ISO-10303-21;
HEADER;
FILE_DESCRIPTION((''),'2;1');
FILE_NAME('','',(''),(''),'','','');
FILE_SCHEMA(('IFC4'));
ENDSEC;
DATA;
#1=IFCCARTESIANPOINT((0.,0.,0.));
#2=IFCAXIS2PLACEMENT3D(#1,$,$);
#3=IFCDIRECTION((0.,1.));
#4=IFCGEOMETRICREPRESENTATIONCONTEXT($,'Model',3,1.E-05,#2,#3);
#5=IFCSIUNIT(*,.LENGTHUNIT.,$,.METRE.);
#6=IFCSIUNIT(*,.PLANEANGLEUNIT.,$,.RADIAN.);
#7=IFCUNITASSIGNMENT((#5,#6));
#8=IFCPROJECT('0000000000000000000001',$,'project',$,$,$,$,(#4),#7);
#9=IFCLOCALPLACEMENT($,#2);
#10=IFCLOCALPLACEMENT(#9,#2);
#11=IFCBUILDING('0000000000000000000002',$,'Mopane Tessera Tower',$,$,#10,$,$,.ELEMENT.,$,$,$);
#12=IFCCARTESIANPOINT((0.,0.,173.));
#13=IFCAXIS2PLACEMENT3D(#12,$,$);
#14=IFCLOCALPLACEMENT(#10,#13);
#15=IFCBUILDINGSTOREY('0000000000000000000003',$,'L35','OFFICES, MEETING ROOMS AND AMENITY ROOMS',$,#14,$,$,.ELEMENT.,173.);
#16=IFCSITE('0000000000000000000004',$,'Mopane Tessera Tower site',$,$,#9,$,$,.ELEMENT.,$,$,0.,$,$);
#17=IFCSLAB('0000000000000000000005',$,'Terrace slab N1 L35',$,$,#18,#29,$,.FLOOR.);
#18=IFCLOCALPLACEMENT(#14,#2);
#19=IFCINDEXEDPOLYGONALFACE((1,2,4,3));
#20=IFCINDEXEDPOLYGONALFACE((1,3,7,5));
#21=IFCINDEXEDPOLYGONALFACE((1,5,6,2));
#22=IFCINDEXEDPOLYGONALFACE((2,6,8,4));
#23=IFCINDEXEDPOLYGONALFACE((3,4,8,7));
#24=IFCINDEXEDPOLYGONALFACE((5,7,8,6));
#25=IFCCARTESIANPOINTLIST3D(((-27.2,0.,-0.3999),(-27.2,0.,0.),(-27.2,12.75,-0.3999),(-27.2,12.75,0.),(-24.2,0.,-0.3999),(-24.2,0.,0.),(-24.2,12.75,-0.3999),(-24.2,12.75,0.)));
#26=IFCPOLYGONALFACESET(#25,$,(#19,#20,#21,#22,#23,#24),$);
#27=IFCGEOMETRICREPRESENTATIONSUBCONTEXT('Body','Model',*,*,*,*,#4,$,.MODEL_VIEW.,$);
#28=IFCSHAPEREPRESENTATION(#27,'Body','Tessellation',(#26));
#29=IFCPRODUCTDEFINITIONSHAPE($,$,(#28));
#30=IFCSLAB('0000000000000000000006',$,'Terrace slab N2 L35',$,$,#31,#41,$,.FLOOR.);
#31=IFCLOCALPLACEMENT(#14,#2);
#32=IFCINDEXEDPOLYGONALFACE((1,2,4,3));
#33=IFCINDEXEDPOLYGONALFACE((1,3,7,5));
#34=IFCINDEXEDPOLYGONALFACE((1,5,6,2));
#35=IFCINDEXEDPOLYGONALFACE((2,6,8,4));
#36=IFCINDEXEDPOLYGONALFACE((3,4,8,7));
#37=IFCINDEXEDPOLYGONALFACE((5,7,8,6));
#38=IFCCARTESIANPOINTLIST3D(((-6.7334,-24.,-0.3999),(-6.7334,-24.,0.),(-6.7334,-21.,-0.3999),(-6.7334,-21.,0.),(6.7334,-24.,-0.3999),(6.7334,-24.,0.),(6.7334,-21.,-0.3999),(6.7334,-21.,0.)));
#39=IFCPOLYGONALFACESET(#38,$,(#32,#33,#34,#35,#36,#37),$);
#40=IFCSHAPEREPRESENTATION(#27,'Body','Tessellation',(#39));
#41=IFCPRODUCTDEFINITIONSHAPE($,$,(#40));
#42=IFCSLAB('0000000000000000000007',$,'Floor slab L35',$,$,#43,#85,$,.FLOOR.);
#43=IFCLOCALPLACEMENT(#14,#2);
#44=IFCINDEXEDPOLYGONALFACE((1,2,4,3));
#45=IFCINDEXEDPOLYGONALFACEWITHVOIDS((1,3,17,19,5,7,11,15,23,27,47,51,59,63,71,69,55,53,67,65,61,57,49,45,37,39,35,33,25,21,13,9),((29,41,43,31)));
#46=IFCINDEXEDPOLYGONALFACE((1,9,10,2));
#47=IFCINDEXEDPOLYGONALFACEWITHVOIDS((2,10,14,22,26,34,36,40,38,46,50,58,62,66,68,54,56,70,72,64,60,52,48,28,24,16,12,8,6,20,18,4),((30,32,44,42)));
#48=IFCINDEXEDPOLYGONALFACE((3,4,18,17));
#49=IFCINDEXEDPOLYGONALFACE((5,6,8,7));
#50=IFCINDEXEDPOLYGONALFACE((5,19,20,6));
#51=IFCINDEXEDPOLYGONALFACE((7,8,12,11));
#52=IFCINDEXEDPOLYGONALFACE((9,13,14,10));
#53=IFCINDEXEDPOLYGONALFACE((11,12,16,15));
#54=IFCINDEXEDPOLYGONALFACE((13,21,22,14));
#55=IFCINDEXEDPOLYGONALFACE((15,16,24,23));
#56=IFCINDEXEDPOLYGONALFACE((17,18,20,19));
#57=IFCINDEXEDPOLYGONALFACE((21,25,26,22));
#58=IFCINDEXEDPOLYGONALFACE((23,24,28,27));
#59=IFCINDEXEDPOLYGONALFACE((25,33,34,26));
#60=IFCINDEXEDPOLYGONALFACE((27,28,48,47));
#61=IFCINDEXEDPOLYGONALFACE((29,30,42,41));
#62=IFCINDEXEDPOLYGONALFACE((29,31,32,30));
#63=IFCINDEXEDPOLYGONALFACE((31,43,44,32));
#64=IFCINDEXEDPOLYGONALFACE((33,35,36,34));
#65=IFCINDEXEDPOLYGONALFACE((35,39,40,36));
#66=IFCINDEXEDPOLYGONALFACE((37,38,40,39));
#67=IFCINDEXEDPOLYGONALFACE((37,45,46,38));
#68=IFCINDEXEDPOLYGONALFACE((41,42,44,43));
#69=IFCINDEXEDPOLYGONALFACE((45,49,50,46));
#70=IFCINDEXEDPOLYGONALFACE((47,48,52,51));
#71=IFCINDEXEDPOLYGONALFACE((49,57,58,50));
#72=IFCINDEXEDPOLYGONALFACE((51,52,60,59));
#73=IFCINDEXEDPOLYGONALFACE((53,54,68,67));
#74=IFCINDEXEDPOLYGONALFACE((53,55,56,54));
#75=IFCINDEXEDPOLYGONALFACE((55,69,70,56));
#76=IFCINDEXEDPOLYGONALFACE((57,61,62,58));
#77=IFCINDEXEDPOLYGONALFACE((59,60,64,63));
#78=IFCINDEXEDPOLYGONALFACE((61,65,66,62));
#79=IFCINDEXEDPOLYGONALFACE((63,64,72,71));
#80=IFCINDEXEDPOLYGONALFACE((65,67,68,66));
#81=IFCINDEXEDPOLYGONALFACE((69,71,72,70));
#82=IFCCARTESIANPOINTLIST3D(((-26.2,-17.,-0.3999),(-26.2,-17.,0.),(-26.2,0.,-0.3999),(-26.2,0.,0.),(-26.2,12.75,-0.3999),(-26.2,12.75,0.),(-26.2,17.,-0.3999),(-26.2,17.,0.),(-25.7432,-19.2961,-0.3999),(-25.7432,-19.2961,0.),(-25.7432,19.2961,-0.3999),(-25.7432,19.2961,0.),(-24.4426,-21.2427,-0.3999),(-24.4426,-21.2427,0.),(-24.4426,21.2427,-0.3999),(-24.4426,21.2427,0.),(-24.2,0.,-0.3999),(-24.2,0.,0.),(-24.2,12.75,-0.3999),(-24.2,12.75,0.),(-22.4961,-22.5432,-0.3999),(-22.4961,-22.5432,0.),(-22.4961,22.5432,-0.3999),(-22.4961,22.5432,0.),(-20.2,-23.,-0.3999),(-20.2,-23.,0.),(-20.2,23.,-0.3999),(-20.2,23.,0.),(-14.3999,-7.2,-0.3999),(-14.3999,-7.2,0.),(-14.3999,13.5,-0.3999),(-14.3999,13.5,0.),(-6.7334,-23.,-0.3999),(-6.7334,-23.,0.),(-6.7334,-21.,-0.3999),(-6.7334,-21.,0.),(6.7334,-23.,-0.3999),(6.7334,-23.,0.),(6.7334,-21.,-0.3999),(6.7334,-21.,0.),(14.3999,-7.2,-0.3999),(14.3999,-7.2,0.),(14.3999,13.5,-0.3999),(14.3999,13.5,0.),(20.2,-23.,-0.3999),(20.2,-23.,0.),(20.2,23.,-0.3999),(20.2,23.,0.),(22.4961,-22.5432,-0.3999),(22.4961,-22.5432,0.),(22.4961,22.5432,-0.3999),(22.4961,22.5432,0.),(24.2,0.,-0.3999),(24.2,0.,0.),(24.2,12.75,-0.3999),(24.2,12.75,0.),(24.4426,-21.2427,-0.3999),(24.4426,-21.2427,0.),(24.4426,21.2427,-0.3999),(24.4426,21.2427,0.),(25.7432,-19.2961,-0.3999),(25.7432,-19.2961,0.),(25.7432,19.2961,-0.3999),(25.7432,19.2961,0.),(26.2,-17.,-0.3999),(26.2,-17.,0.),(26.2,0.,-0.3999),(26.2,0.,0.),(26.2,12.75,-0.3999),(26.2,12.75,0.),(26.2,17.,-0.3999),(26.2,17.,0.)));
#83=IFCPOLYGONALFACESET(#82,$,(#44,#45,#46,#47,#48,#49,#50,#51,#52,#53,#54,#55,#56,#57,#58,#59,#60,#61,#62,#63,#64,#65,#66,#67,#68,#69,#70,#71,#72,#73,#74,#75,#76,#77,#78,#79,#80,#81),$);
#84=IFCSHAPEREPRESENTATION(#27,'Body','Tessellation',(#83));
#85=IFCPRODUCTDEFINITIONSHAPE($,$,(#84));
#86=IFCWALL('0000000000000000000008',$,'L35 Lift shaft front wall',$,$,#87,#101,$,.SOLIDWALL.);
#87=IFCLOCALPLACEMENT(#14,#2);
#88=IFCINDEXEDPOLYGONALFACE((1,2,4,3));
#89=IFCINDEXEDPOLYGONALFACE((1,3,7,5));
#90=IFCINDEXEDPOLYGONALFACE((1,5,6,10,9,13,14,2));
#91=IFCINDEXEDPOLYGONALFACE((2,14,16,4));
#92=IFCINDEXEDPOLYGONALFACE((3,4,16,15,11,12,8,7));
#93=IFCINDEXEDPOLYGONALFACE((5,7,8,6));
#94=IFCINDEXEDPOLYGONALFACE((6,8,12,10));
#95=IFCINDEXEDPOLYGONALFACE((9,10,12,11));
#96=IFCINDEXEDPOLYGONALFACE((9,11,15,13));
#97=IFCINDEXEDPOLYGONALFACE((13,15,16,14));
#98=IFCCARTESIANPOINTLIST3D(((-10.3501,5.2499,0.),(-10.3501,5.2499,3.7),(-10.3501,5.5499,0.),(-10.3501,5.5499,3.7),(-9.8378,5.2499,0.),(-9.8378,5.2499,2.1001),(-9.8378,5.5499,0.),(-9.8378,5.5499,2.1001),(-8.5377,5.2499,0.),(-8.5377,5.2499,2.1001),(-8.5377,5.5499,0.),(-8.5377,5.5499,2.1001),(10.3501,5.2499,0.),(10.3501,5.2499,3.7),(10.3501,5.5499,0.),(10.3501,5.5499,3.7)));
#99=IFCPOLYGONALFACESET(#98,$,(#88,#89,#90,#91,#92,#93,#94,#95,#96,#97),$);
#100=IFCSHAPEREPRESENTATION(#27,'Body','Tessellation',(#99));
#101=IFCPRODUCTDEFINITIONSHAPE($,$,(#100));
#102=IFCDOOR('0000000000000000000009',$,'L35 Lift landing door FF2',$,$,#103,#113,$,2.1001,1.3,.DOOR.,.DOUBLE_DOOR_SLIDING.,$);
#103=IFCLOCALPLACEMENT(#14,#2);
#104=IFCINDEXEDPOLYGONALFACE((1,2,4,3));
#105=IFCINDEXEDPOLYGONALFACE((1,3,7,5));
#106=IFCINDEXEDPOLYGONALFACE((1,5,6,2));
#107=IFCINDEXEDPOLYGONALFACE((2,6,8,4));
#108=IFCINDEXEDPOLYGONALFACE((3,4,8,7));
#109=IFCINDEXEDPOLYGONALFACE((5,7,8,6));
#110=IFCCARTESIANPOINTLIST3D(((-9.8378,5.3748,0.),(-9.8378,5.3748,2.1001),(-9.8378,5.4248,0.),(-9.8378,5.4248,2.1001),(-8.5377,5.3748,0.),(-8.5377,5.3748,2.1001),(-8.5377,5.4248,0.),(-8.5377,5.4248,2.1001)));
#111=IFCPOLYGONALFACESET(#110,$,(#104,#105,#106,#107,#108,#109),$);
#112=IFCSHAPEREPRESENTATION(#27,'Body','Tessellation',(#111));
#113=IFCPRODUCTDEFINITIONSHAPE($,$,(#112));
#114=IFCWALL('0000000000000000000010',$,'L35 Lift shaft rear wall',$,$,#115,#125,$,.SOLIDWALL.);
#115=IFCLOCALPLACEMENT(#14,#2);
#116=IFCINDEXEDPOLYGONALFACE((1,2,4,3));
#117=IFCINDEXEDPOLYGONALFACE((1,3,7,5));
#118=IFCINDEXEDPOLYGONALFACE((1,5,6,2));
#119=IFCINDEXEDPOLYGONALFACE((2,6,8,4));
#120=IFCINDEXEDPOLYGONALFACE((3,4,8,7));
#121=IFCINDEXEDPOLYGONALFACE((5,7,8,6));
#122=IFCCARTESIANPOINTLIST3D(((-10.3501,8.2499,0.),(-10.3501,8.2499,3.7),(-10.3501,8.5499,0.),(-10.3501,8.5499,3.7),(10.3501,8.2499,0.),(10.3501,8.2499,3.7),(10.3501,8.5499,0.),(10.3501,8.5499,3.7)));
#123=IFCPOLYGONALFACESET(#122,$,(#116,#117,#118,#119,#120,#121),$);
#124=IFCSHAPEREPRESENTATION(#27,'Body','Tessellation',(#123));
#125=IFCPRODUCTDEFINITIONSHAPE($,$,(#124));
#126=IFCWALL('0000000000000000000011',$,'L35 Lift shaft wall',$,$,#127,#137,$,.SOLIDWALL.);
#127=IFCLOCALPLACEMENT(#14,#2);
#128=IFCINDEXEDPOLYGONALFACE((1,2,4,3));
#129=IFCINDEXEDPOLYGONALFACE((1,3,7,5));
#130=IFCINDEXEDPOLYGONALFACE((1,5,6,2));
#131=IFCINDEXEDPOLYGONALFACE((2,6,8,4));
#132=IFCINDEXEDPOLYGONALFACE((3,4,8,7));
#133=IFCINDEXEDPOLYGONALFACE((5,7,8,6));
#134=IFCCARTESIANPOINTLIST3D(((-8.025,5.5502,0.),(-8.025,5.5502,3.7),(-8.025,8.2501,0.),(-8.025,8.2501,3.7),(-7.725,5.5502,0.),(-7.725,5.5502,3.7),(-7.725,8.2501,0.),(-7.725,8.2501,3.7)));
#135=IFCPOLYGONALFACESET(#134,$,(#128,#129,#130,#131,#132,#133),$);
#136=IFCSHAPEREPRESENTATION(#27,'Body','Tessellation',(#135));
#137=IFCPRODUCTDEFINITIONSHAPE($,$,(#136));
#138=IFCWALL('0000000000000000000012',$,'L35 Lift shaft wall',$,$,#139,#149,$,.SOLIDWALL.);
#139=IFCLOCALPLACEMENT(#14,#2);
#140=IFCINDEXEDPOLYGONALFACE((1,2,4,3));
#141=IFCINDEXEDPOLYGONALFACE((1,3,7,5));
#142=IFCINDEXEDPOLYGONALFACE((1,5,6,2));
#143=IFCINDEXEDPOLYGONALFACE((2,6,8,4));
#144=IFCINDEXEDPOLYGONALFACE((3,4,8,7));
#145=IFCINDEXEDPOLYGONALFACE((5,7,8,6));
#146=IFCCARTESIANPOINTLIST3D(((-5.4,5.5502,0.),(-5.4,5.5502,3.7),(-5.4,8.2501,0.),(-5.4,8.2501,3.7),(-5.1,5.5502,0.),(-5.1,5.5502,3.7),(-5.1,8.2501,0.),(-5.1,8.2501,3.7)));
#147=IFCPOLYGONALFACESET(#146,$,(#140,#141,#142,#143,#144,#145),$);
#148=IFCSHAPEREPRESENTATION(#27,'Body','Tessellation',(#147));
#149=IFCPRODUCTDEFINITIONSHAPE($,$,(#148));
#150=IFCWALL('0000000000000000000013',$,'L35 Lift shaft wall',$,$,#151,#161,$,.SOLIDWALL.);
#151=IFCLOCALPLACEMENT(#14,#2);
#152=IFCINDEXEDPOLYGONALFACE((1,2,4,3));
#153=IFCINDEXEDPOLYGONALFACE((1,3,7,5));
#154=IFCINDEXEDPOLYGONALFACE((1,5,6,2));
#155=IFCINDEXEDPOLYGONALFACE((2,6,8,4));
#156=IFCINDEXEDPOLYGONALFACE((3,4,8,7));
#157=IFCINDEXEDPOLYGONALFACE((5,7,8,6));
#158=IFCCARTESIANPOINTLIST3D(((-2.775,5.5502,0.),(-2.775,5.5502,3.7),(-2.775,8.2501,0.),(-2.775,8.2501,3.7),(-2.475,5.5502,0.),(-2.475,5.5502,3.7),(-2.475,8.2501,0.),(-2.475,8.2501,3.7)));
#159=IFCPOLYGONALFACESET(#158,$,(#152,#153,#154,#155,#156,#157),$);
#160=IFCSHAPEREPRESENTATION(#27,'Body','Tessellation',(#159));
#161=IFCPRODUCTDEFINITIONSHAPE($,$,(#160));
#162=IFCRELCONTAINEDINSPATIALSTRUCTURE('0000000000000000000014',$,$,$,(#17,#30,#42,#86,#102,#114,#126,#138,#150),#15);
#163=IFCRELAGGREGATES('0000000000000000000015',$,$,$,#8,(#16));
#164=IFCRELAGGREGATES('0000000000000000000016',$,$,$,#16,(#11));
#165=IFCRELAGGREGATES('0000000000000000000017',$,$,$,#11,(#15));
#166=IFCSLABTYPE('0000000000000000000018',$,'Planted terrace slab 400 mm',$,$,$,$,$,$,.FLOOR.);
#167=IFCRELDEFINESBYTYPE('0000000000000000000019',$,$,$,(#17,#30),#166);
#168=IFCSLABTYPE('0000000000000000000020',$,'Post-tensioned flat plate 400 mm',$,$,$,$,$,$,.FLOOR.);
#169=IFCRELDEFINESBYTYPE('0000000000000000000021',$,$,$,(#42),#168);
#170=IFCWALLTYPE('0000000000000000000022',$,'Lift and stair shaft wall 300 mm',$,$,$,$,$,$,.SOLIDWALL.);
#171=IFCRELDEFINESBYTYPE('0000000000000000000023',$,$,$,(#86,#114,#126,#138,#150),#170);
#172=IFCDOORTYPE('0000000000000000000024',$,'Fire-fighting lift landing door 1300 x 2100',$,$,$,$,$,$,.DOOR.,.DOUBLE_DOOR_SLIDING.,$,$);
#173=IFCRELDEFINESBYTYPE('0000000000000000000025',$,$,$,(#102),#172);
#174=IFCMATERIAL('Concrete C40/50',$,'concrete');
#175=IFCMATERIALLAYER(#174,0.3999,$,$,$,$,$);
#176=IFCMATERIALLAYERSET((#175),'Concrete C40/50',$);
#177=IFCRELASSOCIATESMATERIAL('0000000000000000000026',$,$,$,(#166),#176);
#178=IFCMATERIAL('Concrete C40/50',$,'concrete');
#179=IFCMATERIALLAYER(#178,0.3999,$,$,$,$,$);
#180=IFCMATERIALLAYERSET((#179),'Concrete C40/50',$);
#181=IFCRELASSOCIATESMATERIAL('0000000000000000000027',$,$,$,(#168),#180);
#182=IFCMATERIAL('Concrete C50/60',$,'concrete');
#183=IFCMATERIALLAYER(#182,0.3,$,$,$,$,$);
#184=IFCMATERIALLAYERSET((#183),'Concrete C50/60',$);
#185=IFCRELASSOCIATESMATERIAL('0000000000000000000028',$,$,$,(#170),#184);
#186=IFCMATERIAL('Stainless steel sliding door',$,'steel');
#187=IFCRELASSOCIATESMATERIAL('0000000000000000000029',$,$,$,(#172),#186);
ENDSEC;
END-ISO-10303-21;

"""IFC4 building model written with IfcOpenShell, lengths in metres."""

from ifc_helpers import new_model, si_unit, direction, frame, frame_2d, origin, place, context, subcontext, project, spatial, polyline, rectangle, outline, extrude, material, layer, layer_set, type_object, element, fill, save


model = new_model("IFC4")

# Units and contexts
model_context = context("Model", 3, precision=1e-05, world=origin(), true_north=direction((0.0, 1.0)))
body_context = subcontext(model_context, "Body", "Model", "MODEL_VIEW")
ifc_project = project(units=[si_unit("LENGTHUNIT", "METRE"), si_unit("PLANEANGLEUNIT", "RADIAN")], contexts=[model_context])

# Site, building, storey
site_placement = place(None, origin())
site = spatial("IfcSite", under=ifc_project, at=site_placement, Name="Mopane Tessera Tower site", CompositionType="ELEMENT", RefElevation=0.0)
building_placement = place(site_placement, origin())
building = spatial("IfcBuilding", under=site, at=building_placement, Name="Mopane Tessera Tower", CompositionType="ELEMENT")
storey_placement = place(building_placement, frame((0.0, 0.0, 173.0)))
storey = spatial("IfcBuildingStorey", under=building, at=storey_placement, Name="L35", Description="OFFICES, MEETING ROOMS AND AMENITY ROOMS", CompositionType="ELEMENT", Elevation=173.0)

# Slabs
ifc_material_1 = material(Name="Concrete C40/50", Category="concrete")
ifc_layer_1 = layer(ifc_material_1, 0.3999)
ifc_layer_set_1 = layer_set([ifc_layer_1], Name="Concrete C40/50")
slab_type_1 = type_object("IfcSlabType", Name="Planted terrace slab 400 mm", PredefinedType="FLOOR", material=ifc_layer_set_1)
slab_1_placement = place(storey_placement, frame((0.0, 0.0, -0.3999)))
element("IfcSlab", 1, at=slab_1_placement, inside=storey, type_object=slab_type_1, Name="Terrace slab N1 L35", PredefinedType="FLOOR", context=body_context, shape_type="SweptSolid", body=[
    extrude(outline(polyline([(-27.2, 0.0), (-24.2, 0.0), (-24.2, 12.75), (-27.2, 12.75), (-27.2, 0.0)])), origin(), (0.0, 0.0, 1.0), 0.3999),
])
slab_2_placement = place(storey_placement, frame((0.0, 0.0, -0.3999)))
element("IfcSlab", 2, at=slab_2_placement, inside=storey, type_object=slab_type_1, Name="Terrace slab N2 L35", PredefinedType="FLOOR", context=body_context, shape_type="SweptSolid", body=[
    extrude(outline(polyline([(6.7334, -24.0), (6.7334, -21.0), (-6.7334, -21.0), (-6.7334, -24.0), (6.7334, -24.0)])), origin(), (0.0, 0.0, 1.0), 0.3999),
])
ifc_material_2 = material(Name="Concrete C40/50", Category="concrete")
ifc_layer_2 = layer(ifc_material_2, 0.3999)
ifc_layer_set_2 = layer_set([ifc_layer_2], Name="Concrete C40/50")
slab_type_2 = type_object("IfcSlabType", Name="Post-tensioned flat plate 400 mm", PredefinedType="FLOOR", material=ifc_layer_set_2)
slab_3_placement = place(storey_placement, frame((0.0, 0.0, -0.3999)))
element("IfcSlab", 3, at=slab_3_placement, inside=storey, type_object=slab_type_2, Name="Floor slab L35", PredefinedType="FLOOR", context=body_context, shape_type="SweptSolid", body=[
    extrude(outline(polyline([(-20.2, -23.0), (-6.7334, -23.0), (-6.7334, -21.0), (6.7334, -21.0), (6.7334, -23.0), (20.2, -23.0), (22.4961, -22.5432), (24.4426, -21.2427), (25.7432, -19.2961), (26.2, -17.0), (26.2, 0.0), (24.2, 0.0), (24.2, 12.75), (26.2, 12.75), (26.2, 17.0), (25.7432, 19.2961), (24.4426, 21.2427), (22.4961, 22.5432), (20.2, 23.0), (-20.2, 23.0), (-22.4961, 22.5432), (-24.4426, 21.2427), (-25.7432, 19.2961), (-26.2, 17.0), (-26.2, 12.75), (-24.2, 12.75), (-24.2, 0.0), (-26.2, 0.0), (-26.2, -17.0), (-25.7432, -19.2961), (-24.4426, -21.2427), (-22.4961, -22.5432), (-20.2, -23.0)]), holes=[polyline([(14.3999, -7.2), (-14.3999, -7.2), (-14.3999, 13.5), (14.3999, 13.5), (14.3999, -7.2)])]), origin(), (0.0, 0.0, 1.0), 0.3999),
])

# Wall, opening, door
ifc_material_3 = material(Name="Concrete C50/60", Category="concrete")
ifc_layer_3 = layer(ifc_material_3, 0.3)
ifc_layer_set_3 = layer_set([ifc_layer_3], Name="Concrete C50/60")
wall_type_1 = type_object("IfcWallType", Name="Lift and stair shaft wall 300 mm", PredefinedType="SOLIDWALL", material=ifc_layer_set_3)
wall_1_placement = place(storey_placement, frame((-10.3501, 5.3999, 0.0), z_axis=(0.0, 0.0, 1.0), x_axis=(1.0, 0.0, 0.0)))
wall_1 = element("IfcWall", 4, at=wall_1_placement, inside=storey, type_object=wall_type_1, Name="L35 Lift shaft front wall", PredefinedType="SOLIDWALL", context=body_context, shape_type="SweptSolid", body=[
    extrude(rectangle(XDim=20.7002, YDim=0.3, at=frame_2d((10.3501, 0.0))), origin(), (0.0, 0.0, 1.0), 3.7),
])
opening_1_placement = place(wall_1_placement, frame((0.5125, 0.0, 0.0)))
opening_1 = element("IfcOpeningElement", 5, at=opening_1_placement, cuts=wall_1, PredefinedType="OPENING", context=body_context, shape_type="SweptSolid", body=[
    extrude(rectangle(XDim=1.3, YDim=2.1001, at=frame_2d((0.6499, 1.05))), frame((0.0, 0.1621, 0.0), z_axis=(0.0, -1.0, 0.0), x_axis=(1.0, 0.0, 0.0)), (0.0, 0.0, 1.0), 0.324),
])
ifc_material_4 = material(Name="Stainless steel sliding door", Category="steel")
door_type_1 = type_object("IfcDoorType", Name="Fire-fighting lift landing door 1300 x 2100", OperationType="DOUBLE_DOOR_SLIDING", PredefinedType="DOOR", material=ifc_material_4)
door_1_placement = place(opening_1_placement, origin())
door_1 = element("IfcDoor", 6, at=door_1_placement, inside=storey, type_object=door_type_1, Name="L35 Lift landing door FF2", OperationType="DOUBLE_DOOR_SLIDING", OverallHeight=2.1001, OverallWidth=1.3, PredefinedType="DOOR", context=body_context, shape_type="SweptSolid", body=[
    extrude(rectangle(XDim=1.3, YDim=2.1001, at=frame_2d((0.6499, 1.05))), frame((0.0, 0.0249, 0.0), z_axis=(0.0, -1.0, 0.0), x_axis=(1.0, 0.0, 0.0)), (0.0, 0.0, 1.0), 0.05),
])
fill(opening_1, door_1)

# Walls
wall_2_placement = place(storey_placement, frame((-10.3501, 8.3999, 0.0), z_axis=(0.0, 0.0, 1.0), x_axis=(1.0, 0.0, 0.0)))
element("IfcWall", 7, at=wall_2_placement, inside=storey, type_object=wall_type_1, Name="L35 Lift shaft rear wall", PredefinedType="SOLIDWALL", context=body_context, shape_type="SweptSolid", body=[
    extrude(rectangle(XDim=20.7002, YDim=0.3, at=frame_2d((10.3501, 0.0))), origin(), (0.0, 0.0, 1.0), 3.7),
])
for number, where, z_axis, x_axis, name in (
    (8, (-7.875, 5.55, 0.0), (0.0, 0.0, 1.0), (0.0, 1.0, 0.0), "L35 Lift shaft wall"),
    (9, (-5.25, 5.55, 0.0), (0.0, 0.0, 1.0), (0.0, 1.0, 0.0), "L35 Lift shaft wall"),
    (10, (-2.625, 5.55, 0.0), (0.0, 0.0, 1.0), (0.0, 1.0, 0.0), "L35 Lift shaft wall"),
):
    element("IfcWall", number, at=place(storey_placement, frame(where, z_axis=z_axis, x_axis=x_axis)), inside=storey, type_object=wall_type_1, Name=name, PredefinedType="SOLIDWALL", context=body_context, shape_type="SweptSolid", body=[
        extrude(rectangle(XDim=2.7, YDim=0.3, at=frame_2d((1.3501, 0.0))), origin(), (0.0, 0.0, 1.0), 3.7),
    ])

save(model, "model.ifc")
